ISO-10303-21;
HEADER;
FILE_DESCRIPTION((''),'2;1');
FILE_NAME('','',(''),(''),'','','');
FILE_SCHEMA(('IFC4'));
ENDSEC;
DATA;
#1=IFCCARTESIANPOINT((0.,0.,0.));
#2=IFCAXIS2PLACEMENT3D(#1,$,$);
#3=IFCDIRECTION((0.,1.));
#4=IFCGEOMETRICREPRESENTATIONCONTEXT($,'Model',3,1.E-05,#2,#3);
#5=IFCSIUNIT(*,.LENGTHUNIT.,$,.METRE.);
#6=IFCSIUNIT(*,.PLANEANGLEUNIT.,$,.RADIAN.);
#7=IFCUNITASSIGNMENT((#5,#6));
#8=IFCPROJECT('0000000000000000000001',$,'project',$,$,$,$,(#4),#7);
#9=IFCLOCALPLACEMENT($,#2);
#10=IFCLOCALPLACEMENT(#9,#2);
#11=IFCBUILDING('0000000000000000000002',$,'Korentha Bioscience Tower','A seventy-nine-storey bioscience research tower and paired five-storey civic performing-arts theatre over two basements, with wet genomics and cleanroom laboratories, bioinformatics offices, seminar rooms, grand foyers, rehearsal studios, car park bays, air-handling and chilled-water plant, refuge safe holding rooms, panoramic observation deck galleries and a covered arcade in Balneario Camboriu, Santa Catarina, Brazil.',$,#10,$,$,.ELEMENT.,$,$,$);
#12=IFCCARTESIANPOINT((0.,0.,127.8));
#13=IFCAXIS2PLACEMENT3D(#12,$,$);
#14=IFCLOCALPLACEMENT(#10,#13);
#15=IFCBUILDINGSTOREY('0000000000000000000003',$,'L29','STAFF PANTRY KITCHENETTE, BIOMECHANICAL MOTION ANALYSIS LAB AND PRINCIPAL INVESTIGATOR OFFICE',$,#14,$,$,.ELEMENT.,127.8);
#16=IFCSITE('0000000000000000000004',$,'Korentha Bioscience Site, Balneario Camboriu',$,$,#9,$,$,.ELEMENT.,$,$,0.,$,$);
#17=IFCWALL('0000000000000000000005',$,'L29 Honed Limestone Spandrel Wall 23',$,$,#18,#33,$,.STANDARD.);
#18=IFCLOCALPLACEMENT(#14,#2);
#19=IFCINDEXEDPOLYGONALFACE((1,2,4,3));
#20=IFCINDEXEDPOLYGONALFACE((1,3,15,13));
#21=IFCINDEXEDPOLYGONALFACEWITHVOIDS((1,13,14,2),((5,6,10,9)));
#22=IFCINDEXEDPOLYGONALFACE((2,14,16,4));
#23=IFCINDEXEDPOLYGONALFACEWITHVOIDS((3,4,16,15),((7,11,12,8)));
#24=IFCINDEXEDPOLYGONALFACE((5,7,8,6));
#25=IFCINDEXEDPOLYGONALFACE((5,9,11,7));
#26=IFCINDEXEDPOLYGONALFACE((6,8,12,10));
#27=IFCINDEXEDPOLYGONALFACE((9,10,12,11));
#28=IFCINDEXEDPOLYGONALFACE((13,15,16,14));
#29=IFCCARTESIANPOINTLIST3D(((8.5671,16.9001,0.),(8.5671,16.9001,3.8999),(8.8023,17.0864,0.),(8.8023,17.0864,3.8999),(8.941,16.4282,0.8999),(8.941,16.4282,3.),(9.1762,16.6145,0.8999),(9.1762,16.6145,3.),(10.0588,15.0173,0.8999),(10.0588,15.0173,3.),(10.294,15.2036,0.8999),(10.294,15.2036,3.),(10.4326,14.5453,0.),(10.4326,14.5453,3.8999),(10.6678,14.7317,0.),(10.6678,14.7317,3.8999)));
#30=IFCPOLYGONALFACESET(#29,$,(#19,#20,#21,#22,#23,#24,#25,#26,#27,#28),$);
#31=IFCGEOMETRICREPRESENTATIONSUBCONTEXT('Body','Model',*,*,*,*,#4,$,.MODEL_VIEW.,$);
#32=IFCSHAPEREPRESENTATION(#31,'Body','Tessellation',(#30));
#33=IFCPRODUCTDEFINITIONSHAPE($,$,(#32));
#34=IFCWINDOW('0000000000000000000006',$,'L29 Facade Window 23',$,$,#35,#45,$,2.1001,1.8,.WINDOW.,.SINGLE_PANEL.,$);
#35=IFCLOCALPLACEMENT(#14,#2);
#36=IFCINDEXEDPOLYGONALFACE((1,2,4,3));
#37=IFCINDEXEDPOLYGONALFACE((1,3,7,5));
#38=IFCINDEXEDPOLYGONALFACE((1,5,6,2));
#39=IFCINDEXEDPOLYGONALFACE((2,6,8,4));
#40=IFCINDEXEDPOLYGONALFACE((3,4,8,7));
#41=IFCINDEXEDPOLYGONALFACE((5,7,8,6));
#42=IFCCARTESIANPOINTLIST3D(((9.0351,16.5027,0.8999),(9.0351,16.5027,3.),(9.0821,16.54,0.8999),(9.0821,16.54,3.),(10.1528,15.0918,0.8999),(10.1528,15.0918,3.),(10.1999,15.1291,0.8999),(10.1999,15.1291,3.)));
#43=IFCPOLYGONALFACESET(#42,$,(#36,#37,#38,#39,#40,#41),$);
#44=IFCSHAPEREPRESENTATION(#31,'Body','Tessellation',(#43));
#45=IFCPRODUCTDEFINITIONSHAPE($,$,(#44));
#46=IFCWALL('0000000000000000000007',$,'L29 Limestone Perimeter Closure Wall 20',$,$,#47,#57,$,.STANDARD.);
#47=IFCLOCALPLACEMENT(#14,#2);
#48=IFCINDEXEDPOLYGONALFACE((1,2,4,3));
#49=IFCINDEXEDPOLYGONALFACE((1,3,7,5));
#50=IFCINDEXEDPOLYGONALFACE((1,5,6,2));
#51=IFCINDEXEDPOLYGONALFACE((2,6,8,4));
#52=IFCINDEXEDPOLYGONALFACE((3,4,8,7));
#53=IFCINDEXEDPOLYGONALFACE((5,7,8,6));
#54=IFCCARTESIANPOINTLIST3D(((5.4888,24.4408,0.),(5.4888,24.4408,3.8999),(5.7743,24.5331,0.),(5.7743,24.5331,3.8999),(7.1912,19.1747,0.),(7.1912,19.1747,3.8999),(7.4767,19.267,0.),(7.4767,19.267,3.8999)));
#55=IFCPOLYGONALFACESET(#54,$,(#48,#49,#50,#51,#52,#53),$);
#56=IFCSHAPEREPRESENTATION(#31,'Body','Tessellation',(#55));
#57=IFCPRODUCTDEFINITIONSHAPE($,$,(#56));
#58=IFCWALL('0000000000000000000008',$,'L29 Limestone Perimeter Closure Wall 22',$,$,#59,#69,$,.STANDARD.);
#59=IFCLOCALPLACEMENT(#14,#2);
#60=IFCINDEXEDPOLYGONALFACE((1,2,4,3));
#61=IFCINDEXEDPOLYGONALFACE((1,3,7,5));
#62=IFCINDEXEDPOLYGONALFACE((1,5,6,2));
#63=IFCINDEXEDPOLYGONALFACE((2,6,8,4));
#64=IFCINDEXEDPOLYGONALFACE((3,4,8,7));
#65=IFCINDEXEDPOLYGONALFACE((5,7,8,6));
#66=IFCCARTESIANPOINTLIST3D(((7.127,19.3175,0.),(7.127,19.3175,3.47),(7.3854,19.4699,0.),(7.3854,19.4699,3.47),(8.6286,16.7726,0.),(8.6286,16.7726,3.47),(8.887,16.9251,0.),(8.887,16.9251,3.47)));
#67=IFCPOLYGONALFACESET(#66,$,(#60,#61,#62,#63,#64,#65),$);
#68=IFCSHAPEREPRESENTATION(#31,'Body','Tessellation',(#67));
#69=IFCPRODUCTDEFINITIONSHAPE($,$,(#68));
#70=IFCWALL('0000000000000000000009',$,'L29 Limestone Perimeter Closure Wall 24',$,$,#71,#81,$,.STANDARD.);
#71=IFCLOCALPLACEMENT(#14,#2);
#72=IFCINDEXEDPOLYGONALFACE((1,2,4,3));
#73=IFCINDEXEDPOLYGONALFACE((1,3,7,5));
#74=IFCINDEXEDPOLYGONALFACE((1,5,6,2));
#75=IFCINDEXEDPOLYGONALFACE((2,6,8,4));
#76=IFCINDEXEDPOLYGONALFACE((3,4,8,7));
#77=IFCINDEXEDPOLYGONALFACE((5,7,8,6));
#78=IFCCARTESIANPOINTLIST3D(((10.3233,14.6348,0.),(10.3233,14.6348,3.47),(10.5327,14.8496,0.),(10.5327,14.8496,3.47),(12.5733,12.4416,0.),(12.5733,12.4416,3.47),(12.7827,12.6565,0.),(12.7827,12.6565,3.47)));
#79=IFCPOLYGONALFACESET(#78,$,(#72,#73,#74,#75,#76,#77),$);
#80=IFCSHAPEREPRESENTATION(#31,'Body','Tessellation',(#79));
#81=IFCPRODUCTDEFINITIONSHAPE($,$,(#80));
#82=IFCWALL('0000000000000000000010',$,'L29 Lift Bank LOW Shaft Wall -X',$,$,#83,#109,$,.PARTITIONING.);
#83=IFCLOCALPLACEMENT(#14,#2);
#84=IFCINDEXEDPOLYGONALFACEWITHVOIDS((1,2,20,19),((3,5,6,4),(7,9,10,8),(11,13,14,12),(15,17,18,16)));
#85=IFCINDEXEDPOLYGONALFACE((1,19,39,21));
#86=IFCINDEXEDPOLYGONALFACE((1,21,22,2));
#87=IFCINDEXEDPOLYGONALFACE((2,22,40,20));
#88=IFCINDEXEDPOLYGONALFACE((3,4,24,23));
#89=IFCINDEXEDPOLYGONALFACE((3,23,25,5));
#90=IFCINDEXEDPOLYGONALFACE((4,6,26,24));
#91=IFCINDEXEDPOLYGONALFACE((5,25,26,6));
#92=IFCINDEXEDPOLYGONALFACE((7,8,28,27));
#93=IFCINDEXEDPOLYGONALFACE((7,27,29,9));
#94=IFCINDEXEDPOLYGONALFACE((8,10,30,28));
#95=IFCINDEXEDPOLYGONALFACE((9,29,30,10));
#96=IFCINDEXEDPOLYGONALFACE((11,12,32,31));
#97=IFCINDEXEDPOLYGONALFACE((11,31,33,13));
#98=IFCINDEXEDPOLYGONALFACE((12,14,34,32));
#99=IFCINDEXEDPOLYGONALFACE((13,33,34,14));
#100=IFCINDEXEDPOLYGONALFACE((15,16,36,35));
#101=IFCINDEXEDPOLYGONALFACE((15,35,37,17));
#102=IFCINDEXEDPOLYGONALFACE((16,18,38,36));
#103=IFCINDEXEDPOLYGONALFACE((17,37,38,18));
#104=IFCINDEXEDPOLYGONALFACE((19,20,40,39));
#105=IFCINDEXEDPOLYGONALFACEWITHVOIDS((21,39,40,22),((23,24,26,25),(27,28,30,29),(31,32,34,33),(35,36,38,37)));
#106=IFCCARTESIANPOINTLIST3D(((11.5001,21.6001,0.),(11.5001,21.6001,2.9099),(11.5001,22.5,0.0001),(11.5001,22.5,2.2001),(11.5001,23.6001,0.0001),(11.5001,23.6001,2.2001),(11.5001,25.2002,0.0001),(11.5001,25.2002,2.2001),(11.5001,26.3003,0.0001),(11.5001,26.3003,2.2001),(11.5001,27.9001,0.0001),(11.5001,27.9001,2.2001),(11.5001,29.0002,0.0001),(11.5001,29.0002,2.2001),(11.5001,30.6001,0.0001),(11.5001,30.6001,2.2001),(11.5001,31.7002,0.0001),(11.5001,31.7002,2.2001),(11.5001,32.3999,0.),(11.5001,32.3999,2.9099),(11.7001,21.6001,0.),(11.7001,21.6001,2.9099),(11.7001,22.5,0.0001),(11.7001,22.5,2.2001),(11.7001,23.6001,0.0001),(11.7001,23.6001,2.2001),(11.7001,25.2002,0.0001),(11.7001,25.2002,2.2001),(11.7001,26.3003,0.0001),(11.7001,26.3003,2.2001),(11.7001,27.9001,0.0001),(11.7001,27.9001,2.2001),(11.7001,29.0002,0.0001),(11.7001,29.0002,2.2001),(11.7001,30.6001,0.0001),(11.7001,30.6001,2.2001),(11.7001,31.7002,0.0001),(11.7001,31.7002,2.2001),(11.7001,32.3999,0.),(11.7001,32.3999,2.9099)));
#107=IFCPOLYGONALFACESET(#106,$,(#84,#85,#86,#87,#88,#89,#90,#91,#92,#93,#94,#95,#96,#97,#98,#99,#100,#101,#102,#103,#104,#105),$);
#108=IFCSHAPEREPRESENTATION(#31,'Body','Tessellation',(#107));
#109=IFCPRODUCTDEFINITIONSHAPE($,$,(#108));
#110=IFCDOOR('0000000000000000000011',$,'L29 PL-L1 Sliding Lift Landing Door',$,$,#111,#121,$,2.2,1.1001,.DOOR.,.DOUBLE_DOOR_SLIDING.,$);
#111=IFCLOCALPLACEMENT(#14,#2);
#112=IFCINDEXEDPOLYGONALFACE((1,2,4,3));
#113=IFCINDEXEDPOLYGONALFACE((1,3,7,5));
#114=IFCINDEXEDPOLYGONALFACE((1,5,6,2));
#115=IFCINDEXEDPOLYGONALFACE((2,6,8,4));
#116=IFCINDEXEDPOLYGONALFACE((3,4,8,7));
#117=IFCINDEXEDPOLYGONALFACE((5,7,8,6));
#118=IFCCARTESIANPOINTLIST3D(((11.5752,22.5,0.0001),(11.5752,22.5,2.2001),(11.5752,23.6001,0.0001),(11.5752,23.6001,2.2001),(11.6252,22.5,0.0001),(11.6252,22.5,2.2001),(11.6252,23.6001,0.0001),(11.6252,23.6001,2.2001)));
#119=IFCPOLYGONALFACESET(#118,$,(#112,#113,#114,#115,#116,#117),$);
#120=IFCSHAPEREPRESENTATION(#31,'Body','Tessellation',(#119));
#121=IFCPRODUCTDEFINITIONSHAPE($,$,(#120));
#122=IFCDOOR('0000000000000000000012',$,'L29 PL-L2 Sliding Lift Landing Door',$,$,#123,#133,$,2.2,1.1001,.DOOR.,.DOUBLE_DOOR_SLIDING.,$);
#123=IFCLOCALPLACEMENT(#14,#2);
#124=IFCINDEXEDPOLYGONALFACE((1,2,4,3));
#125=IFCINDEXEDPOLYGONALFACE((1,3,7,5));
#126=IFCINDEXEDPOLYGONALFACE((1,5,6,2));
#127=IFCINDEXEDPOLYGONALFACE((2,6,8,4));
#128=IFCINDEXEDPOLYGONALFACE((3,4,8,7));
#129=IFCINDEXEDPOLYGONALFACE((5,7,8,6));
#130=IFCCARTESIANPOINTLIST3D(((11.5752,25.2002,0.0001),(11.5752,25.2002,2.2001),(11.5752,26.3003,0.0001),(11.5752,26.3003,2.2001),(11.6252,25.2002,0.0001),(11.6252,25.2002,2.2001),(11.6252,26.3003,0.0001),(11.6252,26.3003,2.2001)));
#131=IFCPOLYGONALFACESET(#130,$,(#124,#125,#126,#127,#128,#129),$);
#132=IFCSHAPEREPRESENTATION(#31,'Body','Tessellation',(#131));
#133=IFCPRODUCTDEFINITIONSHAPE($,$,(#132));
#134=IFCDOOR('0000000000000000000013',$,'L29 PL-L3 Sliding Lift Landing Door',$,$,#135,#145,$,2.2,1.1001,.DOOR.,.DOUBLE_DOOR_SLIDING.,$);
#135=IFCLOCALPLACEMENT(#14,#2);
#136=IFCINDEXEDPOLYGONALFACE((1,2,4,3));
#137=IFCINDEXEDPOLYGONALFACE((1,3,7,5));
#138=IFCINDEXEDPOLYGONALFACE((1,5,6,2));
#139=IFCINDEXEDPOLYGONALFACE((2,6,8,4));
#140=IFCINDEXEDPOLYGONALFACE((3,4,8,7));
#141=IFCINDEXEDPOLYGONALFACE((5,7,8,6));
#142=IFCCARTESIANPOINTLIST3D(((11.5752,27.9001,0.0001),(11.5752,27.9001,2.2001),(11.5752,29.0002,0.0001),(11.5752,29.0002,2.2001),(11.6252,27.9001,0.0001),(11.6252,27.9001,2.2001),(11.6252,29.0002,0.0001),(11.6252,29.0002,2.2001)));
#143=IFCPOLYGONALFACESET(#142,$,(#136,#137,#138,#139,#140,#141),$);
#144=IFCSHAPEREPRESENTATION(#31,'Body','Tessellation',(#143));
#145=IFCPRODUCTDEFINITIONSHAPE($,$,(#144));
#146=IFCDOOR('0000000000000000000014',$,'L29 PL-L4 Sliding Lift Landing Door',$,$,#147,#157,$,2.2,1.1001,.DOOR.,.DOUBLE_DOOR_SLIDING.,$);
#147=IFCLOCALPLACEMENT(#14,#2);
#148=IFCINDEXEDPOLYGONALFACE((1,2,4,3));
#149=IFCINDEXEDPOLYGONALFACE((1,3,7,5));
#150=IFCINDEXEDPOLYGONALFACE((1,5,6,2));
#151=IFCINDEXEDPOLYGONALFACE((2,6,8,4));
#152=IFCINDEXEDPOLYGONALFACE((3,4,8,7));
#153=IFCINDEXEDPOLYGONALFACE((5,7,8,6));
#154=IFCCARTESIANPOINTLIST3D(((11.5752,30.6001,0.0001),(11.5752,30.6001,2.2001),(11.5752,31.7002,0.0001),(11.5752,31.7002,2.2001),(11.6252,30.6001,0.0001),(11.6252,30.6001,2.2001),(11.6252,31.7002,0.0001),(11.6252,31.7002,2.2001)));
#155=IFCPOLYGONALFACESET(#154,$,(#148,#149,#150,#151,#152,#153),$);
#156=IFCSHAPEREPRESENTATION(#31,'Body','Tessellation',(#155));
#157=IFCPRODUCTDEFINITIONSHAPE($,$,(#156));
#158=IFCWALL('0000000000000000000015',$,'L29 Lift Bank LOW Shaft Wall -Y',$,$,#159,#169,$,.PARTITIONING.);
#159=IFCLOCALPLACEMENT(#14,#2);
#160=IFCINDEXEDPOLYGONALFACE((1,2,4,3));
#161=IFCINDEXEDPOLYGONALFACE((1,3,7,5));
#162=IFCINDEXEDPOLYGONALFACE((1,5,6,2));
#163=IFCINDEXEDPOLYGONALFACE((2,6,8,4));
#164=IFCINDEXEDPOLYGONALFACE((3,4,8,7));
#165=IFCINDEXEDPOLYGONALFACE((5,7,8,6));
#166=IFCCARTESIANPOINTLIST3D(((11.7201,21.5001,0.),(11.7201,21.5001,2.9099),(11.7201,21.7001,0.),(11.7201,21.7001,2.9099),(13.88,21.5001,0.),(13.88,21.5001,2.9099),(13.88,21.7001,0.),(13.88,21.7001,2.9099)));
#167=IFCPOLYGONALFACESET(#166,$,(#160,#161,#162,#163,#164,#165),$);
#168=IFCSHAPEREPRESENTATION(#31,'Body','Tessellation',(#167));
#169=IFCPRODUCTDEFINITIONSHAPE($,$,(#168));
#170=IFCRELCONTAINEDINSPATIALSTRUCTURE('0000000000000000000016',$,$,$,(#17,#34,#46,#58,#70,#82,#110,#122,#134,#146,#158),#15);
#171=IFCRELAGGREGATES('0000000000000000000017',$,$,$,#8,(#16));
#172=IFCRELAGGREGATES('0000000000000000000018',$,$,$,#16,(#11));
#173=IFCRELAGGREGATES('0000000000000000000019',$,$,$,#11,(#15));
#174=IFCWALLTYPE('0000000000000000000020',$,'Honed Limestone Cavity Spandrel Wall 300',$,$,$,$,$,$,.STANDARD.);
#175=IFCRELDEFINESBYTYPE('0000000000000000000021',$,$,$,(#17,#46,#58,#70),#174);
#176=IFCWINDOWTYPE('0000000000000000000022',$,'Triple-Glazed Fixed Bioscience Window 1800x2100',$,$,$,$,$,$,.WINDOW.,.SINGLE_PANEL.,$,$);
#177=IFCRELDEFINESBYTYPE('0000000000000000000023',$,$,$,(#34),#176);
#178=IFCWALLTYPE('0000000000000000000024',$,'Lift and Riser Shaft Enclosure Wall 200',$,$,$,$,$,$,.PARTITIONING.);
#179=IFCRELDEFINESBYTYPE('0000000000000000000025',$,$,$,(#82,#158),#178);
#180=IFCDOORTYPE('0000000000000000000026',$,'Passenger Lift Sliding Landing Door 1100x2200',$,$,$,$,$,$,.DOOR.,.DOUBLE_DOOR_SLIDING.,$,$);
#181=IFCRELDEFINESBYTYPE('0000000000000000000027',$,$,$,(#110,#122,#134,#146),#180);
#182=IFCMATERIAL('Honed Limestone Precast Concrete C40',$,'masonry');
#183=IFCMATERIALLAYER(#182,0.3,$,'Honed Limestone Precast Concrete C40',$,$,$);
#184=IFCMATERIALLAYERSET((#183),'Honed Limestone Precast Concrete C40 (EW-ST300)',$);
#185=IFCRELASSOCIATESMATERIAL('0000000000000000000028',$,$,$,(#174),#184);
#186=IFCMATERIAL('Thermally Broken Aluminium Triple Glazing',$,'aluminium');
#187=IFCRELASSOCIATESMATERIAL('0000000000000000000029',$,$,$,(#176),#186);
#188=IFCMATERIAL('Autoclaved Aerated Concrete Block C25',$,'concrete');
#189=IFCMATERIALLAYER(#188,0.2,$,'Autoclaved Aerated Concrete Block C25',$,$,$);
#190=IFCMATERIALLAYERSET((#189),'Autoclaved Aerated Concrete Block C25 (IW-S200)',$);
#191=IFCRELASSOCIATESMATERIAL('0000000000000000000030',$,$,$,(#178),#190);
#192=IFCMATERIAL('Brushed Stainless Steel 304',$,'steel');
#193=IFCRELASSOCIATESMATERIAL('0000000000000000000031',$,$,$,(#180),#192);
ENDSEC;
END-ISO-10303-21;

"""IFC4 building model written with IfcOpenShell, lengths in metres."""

from ifc_helpers import new_model, si_unit, direction, frame, frame_2d, origin, place, context, subcontext, project, spatial, rectangle, extrude, material, layer, layer_set, type_object, element, fill, save


model = new_model("IFC4")

# Units and contexts
model_context = context("Model", 3, precision=1e-05, world=origin(), true_north=direction((0.0, 1.0)))
body_context = subcontext(model_context, "Body", "Model", "MODEL_VIEW")
ifc_project = project(units=[si_unit("LENGTHUNIT", "METRE"), si_unit("PLANEANGLEUNIT", "RADIAN")], contexts=[model_context])

# Site, building, storey
site_placement = place(None, origin())
site = spatial("IfcSite", under=ifc_project, at=site_placement, Name="Korentha Bioscience Site, Balneario Camboriu", CompositionType="ELEMENT", RefElevation=0.0)
building_placement = place(site_placement, origin())
building = spatial("IfcBuilding", under=site, at=building_placement, Name="Korentha Bioscience Tower", Description="A seventy-nine-storey bioscience research tower and paired five-storey civic performing-arts theatre over two basements, with wet genomics and cleanroom laboratories, bioinformatics offices, seminar rooms, grand foyers, rehearsal studios, car park bays, air-handling and chilled-water plant, refuge safe holding rooms, panoramic observation deck galleries and a covered arcade in Balneario Camboriu, Santa Catarina, Brazil.", CompositionType="ELEMENT")
storey_placement = place(building_placement, frame((0.0, 0.0, 127.8)))
storey = spatial("IfcBuildingStorey", under=building, at=storey_placement, Name="L29", Description="STAFF PANTRY KITCHENETTE, BIOMECHANICAL MOTION ANALYSIS LAB AND PRINCIPAL INVESTIGATOR OFFICE", CompositionType="ELEMENT", Elevation=127.8)

# Wall, opening, window
ifc_material_1 = material(Name="Honed Limestone Precast Concrete C40", Category="masonry")
ifc_layer_1 = layer(ifc_material_1, 0.3, Name="Honed Limestone Precast Concrete C40")
ifc_layer_set_1 = layer_set([ifc_layer_1], Name="Honed Limestone Precast Concrete C40 (EW-ST300)")
wall_type_1 = type_object("IfcWallType", Name="Honed Limestone Cavity Spandrel Wall 300", PredefinedType="STANDARD", material=ifc_layer_set_1)
wall_1_placement = place(storey_placement, frame((8.6848, 16.9932, 0.0), z_axis=(0.0, 0.0, 1.0), x_axis=(0.620971, -0.783833, 0.0)))
wall_1 = element("IfcWall", 1, at=wall_1_placement, inside=storey, type_object=wall_type_1, Name="L29 Honed Limestone Spandrel Wall 23", PredefinedType="STANDARD", context=body_context, shape_type="SweptSolid", body=[
    extrude(rectangle(XDim=3.0042, YDim=0.3, at=frame_2d((1.502, 0.0))), origin(), (0.0, 0.0, 1.0), 3.8999),
])
opening_1_placement = place(wall_1_placement, frame((0.6021, 0.0, 0.8999)))
opening_1 = element("IfcOpeningElement", 2, at=opening_1_placement, cuts=wall_1, PredefinedType="OPENING", context=body_context, shape_type="SweptSolid", body=[
    extrude(rectangle(XDim=1.8, YDim=2.1001, at=frame_2d((0.8999, 1.05))), frame((0.0, 0.165, 0.0), z_axis=(0.0, -1.0, 0.0), x_axis=(1.0, 0.0, 0.0)), (0.0, 0.0, 1.0), 0.3298),
])
ifc_material_2 = material(Name="Thermally Broken Aluminium Triple Glazing", Category="aluminium")
window_type = type_object("IfcWindowType", Name="Triple-Glazed Fixed Bioscience Window 1800x2100", PartitioningType="SINGLE_PANEL", PredefinedType="WINDOW", material=ifc_material_2)
window_placement = place(opening_1_placement, origin())
window = element("IfcWindow", 3, at=window_placement, inside=storey, type_object=window_type, Name="L29 Facade Window 23", OverallHeight=2.1001, OverallWidth=1.8, PartitioningType="SINGLE_PANEL", PredefinedType="WINDOW", context=body_context, shape_type="SweptSolid", body=[
    extrude(rectangle(XDim=1.8, YDim=2.1001, at=frame_2d((0.8999, 1.05))), frame((0.0, 0.03, 0.0), z_axis=(0.0, -1.0, 0.0), x_axis=(1.0, 0.0, 0.0)), (0.0, 0.0, 1.0), 0.0601),
])
fill(opening_1, window)

# Walls
wall_2_placement = place(storey_placement, frame((5.6316, 24.4868, 0.0), z_axis=(0.0, 0.0, 1.0), x_axis=(0.307599, -0.951516, 0.0)))
element("IfcWall", 4, at=wall_2_placement, inside=storey, type_object=wall_type_1, Name="L29 Limestone Perimeter Closure Wall 20", PredefinedType="STANDARD", context=body_context, shape_type="SweptSolid", body=[
    extrude(rectangle(XDim=5.5344, YDim=0.3, at=frame_2d((2.7671, 0.0))), origin(), (0.0, 0.0, 1.0), 3.8999),
])
wall_3_placement = place(storey_placement, frame((7.2561, 19.3938, 0.0), z_axis=(0.0, 0.0, 1.0), x_axis=(0.5082, -0.861239, 0.0)))
element("IfcWall", 5, at=wall_3_placement, inside=storey, type_object=wall_type_1, Name="L29 Limestone Perimeter Closure Wall 22", PredefinedType="STANDARD", context=body_context, shape_type="SweptSolid", body=[
    extrude(rectangle(XDim=2.9548, YDim=0.3, at=frame_2d((1.4775, 0.0))), origin(), (0.0, 0.0, 1.0), 3.47),
])
wall_4_placement = place(storey_placement, frame((10.428, 14.7422, 0.0), z_axis=(0.0, 0.0, 1.0), x_axis=(0.716101, -0.697997, 0.0)))
element("IfcWall", 6, at=wall_4_placement, inside=storey, type_object=wall_type_1, Name="L29 Limestone Perimeter Closure Wall 24", PredefinedType="STANDARD", context=body_context, shape_type="SweptSolid", body=[
    extrude(rectangle(XDim=3.1421, YDim=0.3, at=frame_2d((1.571, 0.0))), origin(), (0.0, 0.0, 1.0), 3.47),
])

# Wall, openings, doors
ifc_material_3 = material(Name="Autoclaved Aerated Concrete Block C25", Category="concrete")
ifc_layer_2 = layer(ifc_material_3, 0.2, Name="Autoclaved Aerated Concrete Block C25")
ifc_layer_set_2 = layer_set([ifc_layer_2], Name="Autoclaved Aerated Concrete Block C25 (IW-S200)")
wall_type_2 = type_object("IfcWallType", Name="Lift and Riser Shaft Enclosure Wall 200", PredefinedType="PARTITIONING", material=ifc_layer_set_2)
wall_5_placement = place(storey_placement, frame((11.6001, 21.6001, 0.0), z_axis=(0.0, 0.0, 1.0), x_axis=(0.0, 1.0, 0.0)))
wall_5 = element("IfcWall", 7, at=wall_5_placement, inside=storey, type_object=wall_type_2, Name="L29 Lift Bank LOW Shaft Wall -X", PredefinedType="PARTITIONING", context=body_context, shape_type="SweptSolid", body=[
    extrude(rectangle(XDim=10.7998, YDim=0.2, at=frame_2d((5.3999, 0.0))), origin(), (0.0, 0.0, 1.0), 2.9099),
])
opening_2_placement = place(wall_5_placement, frame((0.8999, 0.0, 0.0)))
opening_2 = element("IfcOpeningElement", 8, at=opening_2_placement, cuts=wall_5, PredefinedType="OPENING", context=body_context, shape_type="SweptSolid", body=[
    extrude(rectangle(XDim=1.1001, YDim=2.2, at=frame_2d((0.55, 1.1001))), frame((0.0, 0.1147, 0.0), z_axis=(0.0, -1.0, 0.0), x_axis=(1.0, 0.0, 0.0)), (0.0, 0.0, 1.0), 0.2297),
])
opening_3_placement = place(wall_5_placement, frame((3.6001, 0.0, 0.0)))
opening_3 = element("IfcOpeningElement", 9, at=opening_3_placement, cuts=wall_5, PredefinedType="OPENING", context=body_context, shape_type="SweptSolid", body=[
    extrude(rectangle(XDim=1.1001, YDim=2.2, at=frame_2d((0.55, 1.1001))), frame((0.0, 0.1147, 0.0), z_axis=(0.0, -1.0, 0.0), x_axis=(1.0, 0.0, 0.0)), (0.0, 0.0, 1.0), 0.2297),
])
opening_4_placement = place(wall_5_placement, frame((6.3, 0.0, 0.0)))
opening_4 = element("IfcOpeningElement", 10, at=opening_4_placement, cuts=wall_5, PredefinedType="OPENING", context=body_context, shape_type="SweptSolid", body=[
    extrude(rectangle(XDim=1.1001, YDim=2.2, at=frame_2d((0.55, 1.1001))), frame((0.0, 0.1147, 0.0), z_axis=(0.0, -1.0, 0.0), x_axis=(1.0, 0.0, 0.0)), (0.0, 0.0, 1.0), 0.2297),
])
opening_5_placement = place(wall_5_placement, frame((9.0, 0.0, 0.0)))
opening_5 = element("IfcOpeningElement", 11, at=opening_5_placement, cuts=wall_5, PredefinedType="OPENING", context=body_context, shape_type="SweptSolid", body=[
    extrude(rectangle(XDim=1.1001, YDim=2.2, at=frame_2d((0.55, 1.1001))), frame((0.0, 0.1147, 0.0), z_axis=(0.0, -1.0, 0.0), x_axis=(1.0, 0.0, 0.0)), (0.0, 0.0, 1.0), 0.2297),
])
ifc_material_4 = material(Name="Brushed Stainless Steel 304", Category="steel")
door_type = type_object("IfcDoorType", Name="Passenger Lift Sliding Landing Door 1100x2200", OperationType="DOUBLE_DOOR_SLIDING", PredefinedType="DOOR", material=ifc_material_4)
door_1_placement = place(opening_2_placement, origin())
door_1 = element("IfcDoor", 12, at=door_1_placement, inside=storey, type_object=door_type, Name="L29 PL-L1 Sliding Lift Landing Door", OperationType="DOUBLE_DOOR_SLIDING", OverallHeight=2.2, OverallWidth=1.1001, PredefinedType="DOOR", context=body_context, shape_type="SweptSolid", body=[
    extrude(rectangle(XDim=1.1001, YDim=2.2, at=frame_2d((0.55, 1.1001))), frame((0.0, 0.0249, 0.0), z_axis=(0.0, -1.0, 0.0), x_axis=(1.0, 0.0, 0.0)), (0.0, 0.0, 1.0), 0.05),
])
fill(opening_2, door_1)
door_2_placement = place(opening_3_placement, origin())
door_2 = element("IfcDoor", 13, at=door_2_placement, inside=storey, type_object=door_type, Name="L29 PL-L2 Sliding Lift Landing Door", OperationType="DOUBLE_DOOR_SLIDING", OverallHeight=2.2, OverallWidth=1.1001, PredefinedType="DOOR", context=body_context, shape_type="SweptSolid", body=[
    extrude(rectangle(XDim=1.1001, YDim=2.2, at=frame_2d((0.55, 1.1001))), frame((0.0, 0.0249, 0.0), z_axis=(0.0, -1.0, 0.0), x_axis=(1.0, 0.0, 0.0)), (0.0, 0.0, 1.0), 0.05),
])
fill(opening_3, door_2)
door_3_placement = place(opening_4_placement, origin())
door_3 = element("IfcDoor", 14, at=door_3_placement, inside=storey, type_object=door_type, Name="L29 PL-L3 Sliding Lift Landing Door", OperationType="DOUBLE_DOOR_SLIDING", OverallHeight=2.2, OverallWidth=1.1001, PredefinedType="DOOR", context=body_context, shape_type="SweptSolid", body=[
    extrude(rectangle(XDim=1.1001, YDim=2.2, at=frame_2d((0.55, 1.1001))), frame((0.0, 0.0249, 0.0), z_axis=(0.0, -1.0, 0.0), x_axis=(1.0, 0.0, 0.0)), (0.0, 0.0, 1.0), 0.05),
])
fill(opening_4, door_3)
door_4_placement = place(opening_5_placement, origin())
door_4 = element("IfcDoor", 15, at=door_4_placement, inside=storey, type_object=door_type, Name="L29 PL-L4 Sliding Lift Landing Door", OperationType="DOUBLE_DOOR_SLIDING", OverallHeight=2.2, OverallWidth=1.1001, PredefinedType="DOOR", context=body_context, shape_type="SweptSolid", body=[
    extrude(rectangle(XDim=1.1001, YDim=2.2, at=frame_2d((0.55, 1.1001))), frame((0.0, 0.0249, 0.0), z_axis=(0.0, -1.0, 0.0), x_axis=(1.0, 0.0, 0.0)), (0.0, 0.0, 1.0), 0.05),
])
fill(opening_5, door_4)

# Wall
wall_6_placement = place(storey_placement, frame((11.72, 21.6001, 0.0), z_axis=(0.0, 0.0, 1.0), x_axis=(1.0, 0.0, 0.0)))
element("IfcWall", 16, at=wall_6_placement, inside=storey, type_object=wall_type_2, Name="L29 Lift Bank LOW Shaft Wall -Y", PredefinedType="PARTITIONING", context=body_context, shape_type="SweptSolid", body=[
    extrude(rectangle(XDim=2.1599, YDim=0.2, at=frame_2d((1.0801, 0.0))), origin(), (0.0, 0.0, 1.0), 2.9099),
])

save(model, "model.ifc")
